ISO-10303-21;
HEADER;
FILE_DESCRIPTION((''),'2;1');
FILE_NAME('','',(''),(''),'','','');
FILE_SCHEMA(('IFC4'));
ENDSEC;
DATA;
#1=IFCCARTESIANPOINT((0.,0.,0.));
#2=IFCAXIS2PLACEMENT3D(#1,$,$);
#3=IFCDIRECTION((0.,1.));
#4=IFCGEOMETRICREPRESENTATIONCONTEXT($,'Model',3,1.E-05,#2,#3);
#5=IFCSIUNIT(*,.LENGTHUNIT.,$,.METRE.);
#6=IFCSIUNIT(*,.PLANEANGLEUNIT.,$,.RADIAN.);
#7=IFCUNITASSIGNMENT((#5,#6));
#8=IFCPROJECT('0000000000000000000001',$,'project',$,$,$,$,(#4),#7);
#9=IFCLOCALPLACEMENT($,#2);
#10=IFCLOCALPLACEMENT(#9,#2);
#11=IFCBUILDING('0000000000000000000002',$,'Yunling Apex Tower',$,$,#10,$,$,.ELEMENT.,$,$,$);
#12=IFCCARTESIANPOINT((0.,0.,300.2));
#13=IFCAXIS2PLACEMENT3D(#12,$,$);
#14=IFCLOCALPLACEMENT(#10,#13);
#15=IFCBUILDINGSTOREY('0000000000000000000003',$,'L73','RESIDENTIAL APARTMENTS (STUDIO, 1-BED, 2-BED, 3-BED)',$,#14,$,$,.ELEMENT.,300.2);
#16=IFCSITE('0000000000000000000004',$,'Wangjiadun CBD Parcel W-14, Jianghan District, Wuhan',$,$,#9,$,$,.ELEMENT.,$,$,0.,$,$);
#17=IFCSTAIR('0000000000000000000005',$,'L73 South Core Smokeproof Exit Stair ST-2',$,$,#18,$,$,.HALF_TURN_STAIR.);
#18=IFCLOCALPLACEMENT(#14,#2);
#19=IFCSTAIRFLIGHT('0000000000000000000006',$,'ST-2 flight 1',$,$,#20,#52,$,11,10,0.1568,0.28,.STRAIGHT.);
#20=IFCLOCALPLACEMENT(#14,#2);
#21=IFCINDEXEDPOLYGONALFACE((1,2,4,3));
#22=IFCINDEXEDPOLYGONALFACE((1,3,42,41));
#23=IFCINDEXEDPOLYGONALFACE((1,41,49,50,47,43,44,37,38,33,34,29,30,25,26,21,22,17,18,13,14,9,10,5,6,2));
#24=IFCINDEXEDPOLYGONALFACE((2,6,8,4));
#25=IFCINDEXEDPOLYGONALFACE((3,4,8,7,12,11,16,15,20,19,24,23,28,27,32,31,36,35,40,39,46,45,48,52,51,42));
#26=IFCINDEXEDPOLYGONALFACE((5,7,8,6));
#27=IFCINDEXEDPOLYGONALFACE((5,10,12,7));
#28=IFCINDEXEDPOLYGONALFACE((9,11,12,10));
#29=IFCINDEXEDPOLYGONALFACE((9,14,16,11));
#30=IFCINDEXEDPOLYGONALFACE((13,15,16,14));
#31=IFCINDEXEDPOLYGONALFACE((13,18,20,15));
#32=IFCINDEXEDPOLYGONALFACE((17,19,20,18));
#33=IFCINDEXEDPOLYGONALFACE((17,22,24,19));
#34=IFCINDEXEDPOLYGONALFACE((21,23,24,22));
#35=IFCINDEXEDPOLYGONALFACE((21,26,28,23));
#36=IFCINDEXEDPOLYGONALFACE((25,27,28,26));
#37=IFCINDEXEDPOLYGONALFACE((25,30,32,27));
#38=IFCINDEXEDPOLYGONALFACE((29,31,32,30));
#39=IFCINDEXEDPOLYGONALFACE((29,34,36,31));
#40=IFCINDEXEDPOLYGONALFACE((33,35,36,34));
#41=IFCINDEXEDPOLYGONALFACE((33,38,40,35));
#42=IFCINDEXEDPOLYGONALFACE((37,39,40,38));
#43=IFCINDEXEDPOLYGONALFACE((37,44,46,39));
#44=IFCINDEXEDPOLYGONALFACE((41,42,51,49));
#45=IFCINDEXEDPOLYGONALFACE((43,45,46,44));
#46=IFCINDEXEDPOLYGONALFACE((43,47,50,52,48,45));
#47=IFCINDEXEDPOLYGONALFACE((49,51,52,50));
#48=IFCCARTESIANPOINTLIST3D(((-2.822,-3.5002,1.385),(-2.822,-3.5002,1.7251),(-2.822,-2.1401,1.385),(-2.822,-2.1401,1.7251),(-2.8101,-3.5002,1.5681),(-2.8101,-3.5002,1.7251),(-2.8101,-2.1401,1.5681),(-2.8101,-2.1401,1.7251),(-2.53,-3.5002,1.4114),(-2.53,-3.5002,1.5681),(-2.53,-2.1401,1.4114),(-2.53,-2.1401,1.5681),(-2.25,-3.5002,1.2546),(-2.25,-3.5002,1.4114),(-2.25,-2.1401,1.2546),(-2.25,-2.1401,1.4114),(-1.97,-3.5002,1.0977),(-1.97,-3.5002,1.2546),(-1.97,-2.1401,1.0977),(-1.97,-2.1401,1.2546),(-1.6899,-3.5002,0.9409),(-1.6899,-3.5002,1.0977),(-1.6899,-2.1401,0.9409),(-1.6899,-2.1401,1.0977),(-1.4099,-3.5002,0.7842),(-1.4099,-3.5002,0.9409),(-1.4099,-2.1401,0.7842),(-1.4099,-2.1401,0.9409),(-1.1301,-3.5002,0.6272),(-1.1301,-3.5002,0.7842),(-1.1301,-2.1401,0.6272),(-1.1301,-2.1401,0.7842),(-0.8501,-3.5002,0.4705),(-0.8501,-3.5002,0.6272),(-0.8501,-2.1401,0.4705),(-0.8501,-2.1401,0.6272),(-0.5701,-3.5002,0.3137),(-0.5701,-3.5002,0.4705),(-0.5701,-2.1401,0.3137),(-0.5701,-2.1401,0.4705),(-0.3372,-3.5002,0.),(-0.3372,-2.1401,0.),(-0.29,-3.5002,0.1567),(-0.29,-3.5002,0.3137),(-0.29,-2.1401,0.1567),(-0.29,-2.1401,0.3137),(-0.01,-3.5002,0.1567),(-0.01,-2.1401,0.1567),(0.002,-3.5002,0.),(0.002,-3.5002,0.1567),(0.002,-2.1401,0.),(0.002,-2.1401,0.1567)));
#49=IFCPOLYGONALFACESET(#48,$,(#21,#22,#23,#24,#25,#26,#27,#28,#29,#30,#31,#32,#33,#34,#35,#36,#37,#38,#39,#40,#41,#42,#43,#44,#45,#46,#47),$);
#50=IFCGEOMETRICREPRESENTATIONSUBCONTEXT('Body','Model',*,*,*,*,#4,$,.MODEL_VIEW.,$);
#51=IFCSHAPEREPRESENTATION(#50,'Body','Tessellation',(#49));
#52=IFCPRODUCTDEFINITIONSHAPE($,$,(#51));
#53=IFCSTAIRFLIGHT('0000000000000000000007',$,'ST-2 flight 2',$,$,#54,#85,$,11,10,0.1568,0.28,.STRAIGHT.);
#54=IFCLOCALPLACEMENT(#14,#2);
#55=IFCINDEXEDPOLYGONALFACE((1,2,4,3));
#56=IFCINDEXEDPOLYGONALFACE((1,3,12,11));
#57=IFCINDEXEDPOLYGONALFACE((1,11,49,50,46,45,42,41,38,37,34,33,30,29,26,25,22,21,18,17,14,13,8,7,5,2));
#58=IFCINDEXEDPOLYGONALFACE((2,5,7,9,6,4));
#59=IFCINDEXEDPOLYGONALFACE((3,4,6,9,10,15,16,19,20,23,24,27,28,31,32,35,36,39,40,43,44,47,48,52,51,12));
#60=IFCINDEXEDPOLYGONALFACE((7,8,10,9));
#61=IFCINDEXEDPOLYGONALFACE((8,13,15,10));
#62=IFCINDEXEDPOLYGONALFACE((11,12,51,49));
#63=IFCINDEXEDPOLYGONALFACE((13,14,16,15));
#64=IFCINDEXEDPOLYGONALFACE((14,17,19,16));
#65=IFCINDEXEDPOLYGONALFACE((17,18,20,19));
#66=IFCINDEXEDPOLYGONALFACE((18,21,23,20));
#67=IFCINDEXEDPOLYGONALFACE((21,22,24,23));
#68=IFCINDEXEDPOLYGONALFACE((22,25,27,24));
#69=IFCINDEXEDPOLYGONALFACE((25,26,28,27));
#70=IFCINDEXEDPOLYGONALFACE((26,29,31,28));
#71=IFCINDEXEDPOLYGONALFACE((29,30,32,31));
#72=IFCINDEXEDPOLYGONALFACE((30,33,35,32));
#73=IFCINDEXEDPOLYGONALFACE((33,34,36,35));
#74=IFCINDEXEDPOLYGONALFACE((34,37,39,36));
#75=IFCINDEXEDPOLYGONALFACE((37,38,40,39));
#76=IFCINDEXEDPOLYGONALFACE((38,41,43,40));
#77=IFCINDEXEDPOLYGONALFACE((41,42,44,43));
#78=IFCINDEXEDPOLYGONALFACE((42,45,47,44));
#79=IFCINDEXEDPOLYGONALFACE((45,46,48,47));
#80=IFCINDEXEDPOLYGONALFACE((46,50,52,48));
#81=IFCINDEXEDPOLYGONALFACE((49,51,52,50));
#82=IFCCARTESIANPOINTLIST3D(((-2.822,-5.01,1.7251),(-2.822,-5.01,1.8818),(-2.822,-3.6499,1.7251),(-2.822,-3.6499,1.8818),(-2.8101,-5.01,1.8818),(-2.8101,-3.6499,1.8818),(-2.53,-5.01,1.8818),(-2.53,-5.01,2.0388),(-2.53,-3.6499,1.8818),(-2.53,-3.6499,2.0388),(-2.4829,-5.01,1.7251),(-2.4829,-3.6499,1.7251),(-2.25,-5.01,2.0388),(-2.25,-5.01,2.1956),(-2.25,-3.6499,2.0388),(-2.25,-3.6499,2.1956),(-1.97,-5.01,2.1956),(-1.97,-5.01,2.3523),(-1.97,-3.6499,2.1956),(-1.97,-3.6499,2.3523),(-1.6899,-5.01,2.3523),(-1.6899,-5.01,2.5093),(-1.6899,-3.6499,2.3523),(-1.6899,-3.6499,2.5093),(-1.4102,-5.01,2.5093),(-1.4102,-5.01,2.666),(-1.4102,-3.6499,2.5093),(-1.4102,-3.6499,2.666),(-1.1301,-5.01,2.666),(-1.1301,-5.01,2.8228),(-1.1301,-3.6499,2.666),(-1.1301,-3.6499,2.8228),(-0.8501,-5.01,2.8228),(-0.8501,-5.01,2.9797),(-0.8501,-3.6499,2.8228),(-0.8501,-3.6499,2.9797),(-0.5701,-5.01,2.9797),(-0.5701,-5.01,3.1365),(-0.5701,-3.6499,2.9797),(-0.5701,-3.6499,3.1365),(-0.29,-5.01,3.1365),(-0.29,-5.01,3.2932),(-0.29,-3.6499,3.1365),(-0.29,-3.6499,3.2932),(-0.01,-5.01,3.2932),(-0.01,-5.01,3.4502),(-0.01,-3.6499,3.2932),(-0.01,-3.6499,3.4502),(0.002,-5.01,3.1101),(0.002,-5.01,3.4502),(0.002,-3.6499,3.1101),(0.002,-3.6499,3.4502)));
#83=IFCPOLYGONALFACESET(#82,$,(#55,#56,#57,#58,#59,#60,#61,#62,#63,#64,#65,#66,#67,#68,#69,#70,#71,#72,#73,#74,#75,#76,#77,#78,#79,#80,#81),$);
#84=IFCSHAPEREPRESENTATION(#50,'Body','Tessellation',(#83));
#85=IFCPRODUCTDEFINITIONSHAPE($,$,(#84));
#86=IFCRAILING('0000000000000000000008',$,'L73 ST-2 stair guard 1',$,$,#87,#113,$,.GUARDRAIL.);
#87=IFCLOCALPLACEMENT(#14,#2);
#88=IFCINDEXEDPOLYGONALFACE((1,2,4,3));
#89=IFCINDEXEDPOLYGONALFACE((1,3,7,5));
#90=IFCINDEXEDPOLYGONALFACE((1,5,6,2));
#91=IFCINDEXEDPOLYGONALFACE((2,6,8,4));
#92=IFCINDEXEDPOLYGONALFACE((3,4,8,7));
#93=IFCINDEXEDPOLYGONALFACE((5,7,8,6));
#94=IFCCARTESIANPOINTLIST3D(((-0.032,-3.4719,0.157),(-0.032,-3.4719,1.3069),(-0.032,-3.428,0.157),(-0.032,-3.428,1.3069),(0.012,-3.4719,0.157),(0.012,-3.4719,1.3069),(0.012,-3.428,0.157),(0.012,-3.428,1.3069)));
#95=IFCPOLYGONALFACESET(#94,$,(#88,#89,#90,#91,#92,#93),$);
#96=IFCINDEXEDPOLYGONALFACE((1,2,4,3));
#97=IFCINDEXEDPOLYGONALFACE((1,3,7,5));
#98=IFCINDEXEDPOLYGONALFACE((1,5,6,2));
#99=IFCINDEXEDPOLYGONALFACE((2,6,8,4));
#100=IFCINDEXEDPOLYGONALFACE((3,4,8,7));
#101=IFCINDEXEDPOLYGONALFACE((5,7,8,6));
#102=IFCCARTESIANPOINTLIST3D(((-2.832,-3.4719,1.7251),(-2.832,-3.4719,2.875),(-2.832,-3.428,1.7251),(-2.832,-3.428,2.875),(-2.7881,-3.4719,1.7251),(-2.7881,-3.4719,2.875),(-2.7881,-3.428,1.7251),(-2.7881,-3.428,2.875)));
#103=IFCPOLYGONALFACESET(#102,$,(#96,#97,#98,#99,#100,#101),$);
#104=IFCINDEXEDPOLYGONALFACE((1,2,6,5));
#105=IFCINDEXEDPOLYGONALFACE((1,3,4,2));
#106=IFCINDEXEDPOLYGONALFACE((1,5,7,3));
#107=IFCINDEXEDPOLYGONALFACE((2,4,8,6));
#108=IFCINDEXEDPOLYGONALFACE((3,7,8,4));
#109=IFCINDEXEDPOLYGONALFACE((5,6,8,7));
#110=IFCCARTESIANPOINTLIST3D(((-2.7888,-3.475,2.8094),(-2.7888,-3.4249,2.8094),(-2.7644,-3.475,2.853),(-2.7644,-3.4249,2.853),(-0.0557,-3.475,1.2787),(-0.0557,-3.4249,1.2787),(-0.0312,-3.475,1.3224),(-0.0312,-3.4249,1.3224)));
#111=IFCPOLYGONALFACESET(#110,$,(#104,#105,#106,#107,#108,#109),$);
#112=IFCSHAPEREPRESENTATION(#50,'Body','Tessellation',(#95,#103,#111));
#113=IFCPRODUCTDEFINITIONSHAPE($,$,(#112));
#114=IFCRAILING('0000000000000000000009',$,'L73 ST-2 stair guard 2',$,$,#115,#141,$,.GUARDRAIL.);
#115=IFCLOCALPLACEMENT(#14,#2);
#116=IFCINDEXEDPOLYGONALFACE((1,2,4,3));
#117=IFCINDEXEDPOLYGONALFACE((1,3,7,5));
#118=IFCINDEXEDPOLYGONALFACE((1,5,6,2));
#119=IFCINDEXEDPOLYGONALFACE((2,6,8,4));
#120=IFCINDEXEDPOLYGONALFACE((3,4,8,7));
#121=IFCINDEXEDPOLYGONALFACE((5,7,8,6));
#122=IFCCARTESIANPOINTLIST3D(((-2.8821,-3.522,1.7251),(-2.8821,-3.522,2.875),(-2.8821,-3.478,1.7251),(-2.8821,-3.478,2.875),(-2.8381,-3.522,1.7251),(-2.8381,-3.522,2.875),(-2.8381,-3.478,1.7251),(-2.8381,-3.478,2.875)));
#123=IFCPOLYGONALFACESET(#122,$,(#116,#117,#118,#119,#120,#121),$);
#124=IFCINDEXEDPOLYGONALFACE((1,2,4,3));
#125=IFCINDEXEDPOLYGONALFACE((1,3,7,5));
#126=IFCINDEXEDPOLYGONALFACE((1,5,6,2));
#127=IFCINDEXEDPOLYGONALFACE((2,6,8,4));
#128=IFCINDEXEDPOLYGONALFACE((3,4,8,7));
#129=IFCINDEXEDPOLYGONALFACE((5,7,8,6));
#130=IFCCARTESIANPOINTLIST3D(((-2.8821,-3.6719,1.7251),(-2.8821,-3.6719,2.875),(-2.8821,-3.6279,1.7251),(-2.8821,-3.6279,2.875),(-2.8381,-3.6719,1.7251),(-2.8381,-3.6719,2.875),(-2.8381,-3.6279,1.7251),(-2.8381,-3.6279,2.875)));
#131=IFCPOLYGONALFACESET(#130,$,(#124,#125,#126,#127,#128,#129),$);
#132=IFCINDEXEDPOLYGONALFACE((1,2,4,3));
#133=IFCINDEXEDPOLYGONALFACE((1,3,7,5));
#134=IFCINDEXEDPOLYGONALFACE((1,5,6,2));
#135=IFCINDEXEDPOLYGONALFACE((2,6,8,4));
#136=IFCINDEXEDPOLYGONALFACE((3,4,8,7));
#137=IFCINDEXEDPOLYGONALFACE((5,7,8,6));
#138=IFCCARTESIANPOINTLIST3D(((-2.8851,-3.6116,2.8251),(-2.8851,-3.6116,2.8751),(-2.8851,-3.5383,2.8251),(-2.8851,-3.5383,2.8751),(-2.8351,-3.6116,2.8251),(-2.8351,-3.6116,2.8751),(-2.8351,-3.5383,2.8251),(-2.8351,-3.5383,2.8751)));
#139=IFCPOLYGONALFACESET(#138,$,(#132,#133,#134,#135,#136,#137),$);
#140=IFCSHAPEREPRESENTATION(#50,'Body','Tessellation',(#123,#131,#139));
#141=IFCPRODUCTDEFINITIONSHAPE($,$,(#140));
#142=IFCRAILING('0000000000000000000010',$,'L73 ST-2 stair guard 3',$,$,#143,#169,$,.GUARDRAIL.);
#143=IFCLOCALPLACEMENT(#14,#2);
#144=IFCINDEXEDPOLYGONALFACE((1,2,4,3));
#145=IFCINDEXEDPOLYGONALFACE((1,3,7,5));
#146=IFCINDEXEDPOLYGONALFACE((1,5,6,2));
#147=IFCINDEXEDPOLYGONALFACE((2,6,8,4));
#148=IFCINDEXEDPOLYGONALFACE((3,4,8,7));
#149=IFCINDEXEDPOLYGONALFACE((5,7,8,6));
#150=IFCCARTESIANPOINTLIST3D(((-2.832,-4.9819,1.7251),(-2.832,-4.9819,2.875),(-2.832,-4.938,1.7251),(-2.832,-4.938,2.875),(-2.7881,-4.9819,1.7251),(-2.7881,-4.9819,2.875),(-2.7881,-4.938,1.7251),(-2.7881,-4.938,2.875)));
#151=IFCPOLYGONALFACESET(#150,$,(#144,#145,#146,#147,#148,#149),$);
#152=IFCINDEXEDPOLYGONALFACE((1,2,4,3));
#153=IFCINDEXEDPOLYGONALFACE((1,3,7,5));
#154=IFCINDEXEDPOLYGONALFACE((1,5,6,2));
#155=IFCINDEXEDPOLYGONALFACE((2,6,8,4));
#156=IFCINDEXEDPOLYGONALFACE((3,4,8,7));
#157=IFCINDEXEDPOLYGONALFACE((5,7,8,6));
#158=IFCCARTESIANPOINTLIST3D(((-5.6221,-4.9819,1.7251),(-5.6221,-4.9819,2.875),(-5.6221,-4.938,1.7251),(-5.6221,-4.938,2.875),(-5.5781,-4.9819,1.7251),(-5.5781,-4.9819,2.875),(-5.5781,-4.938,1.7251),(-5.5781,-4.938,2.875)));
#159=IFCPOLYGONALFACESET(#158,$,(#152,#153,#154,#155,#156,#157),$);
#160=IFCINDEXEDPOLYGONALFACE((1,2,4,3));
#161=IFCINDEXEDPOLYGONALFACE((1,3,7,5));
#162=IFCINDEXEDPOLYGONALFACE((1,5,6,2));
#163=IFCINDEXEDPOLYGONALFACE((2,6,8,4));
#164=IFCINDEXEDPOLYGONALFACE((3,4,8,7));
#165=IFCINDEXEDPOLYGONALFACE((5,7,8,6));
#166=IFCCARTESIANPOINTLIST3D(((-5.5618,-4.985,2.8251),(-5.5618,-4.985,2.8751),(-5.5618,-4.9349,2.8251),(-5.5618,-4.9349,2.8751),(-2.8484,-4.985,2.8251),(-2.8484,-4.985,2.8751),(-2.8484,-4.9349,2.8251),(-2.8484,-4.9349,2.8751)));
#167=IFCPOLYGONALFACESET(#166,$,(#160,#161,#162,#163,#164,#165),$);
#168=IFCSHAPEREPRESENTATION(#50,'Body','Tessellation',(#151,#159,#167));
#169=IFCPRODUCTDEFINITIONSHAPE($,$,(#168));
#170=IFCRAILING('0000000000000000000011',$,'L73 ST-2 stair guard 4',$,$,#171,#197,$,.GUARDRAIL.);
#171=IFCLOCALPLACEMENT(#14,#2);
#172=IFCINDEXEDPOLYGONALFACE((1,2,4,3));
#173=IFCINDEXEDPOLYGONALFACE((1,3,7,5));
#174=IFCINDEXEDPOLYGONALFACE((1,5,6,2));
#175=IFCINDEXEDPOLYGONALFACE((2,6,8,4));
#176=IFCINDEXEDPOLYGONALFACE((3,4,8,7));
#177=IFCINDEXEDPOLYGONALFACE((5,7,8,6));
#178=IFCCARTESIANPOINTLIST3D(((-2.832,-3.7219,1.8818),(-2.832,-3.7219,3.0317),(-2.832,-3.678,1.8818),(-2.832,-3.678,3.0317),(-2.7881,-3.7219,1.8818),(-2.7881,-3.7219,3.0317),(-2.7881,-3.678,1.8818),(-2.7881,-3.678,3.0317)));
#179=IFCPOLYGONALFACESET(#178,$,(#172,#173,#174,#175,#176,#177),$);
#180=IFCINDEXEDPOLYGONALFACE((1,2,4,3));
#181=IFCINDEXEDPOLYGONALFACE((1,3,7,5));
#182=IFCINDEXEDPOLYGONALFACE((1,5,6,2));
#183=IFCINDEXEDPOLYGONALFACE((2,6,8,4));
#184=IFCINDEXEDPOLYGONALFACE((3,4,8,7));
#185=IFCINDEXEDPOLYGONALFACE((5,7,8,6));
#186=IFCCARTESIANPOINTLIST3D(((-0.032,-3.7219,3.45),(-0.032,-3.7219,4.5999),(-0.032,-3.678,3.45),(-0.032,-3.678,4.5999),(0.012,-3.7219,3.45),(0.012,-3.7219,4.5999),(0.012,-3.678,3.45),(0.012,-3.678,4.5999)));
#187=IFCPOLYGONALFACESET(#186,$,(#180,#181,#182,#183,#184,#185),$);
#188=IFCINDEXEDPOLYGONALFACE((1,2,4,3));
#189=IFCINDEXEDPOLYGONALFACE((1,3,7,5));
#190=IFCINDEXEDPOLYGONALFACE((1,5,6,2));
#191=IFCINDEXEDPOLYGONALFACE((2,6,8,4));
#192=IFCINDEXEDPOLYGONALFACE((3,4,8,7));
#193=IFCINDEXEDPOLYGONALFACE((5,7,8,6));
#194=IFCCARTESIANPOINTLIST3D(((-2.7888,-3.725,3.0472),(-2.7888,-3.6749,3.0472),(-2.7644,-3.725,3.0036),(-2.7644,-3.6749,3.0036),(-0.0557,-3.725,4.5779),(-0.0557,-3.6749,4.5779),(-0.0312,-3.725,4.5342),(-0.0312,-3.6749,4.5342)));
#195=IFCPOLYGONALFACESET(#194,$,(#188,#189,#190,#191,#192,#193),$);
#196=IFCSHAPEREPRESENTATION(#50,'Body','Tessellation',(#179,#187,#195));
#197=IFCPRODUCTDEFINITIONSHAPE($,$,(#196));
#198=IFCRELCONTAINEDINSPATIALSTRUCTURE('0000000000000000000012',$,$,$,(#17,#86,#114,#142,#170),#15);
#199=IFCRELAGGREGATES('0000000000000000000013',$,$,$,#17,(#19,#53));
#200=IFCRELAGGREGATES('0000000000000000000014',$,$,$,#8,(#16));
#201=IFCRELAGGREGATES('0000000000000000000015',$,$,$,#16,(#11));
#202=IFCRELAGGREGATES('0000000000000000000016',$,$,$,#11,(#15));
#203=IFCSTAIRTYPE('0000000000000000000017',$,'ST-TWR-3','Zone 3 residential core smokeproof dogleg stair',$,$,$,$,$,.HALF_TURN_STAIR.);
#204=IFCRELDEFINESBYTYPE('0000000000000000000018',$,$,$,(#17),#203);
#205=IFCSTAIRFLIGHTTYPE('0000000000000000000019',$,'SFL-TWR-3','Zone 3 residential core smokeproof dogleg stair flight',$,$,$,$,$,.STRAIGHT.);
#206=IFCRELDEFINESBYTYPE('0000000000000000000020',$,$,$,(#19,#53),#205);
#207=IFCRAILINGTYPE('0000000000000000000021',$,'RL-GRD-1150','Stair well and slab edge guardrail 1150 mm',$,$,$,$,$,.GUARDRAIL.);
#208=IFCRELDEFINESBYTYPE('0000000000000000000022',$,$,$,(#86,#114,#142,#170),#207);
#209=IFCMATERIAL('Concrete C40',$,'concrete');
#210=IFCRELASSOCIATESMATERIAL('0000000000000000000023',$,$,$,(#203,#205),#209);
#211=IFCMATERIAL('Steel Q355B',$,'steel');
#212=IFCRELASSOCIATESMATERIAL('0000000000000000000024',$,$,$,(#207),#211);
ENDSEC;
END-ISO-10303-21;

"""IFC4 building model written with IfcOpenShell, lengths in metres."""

from ifc_helpers import new_model, si_unit, direction, frame, origin, origin_2d, place, context, subcontext, project, spatial, polyline, rectangle, outline, extrude, material, type_object, element, aggregate, save


model = new_model("IFC4")

# Units and contexts
model_context = context("Model", 3, precision=1e-05, world=origin(), true_north=direction((0.0, 1.0)))
body_context = subcontext(model_context, "Body", "Model", "MODEL_VIEW")
ifc_project = project(units=[si_unit("LENGTHUNIT", "METRE"), si_unit("PLANEANGLEUNIT", "RADIAN")], contexts=[model_context])

# Site, building, storey
site_placement = place(None, origin())
site = spatial("IfcSite", under=ifc_project, at=site_placement, Name="Wangjiadun CBD Parcel W-14, Jianghan District, Wuhan", CompositionType="ELEMENT", RefElevation=0.0)
building_placement = place(site_placement, origin())
building = spatial("IfcBuilding", under=site, at=building_placement, Name="Yunling Apex Tower", CompositionType="ELEMENT")
storey_placement = place(building_placement, frame((0.0, 0.0, 300.2)))
storey = spatial("IfcBuildingStorey", under=building, at=storey_placement, Name="L73", Description="RESIDENTIAL APARTMENTS (STUDIO, 1-BED, 2-BED, 3-BED)", CompositionType="ELEMENT", Elevation=300.2)

# Shared definitions
ifc_material_1 = material(Name="Steel Q355B", Category="steel")

# Shared definitions
ifc_material_2 = material(Name="Concrete C40", Category="concrete")

# Stair, stair flights
stair_type = type_object("IfcStairType", Name="ST-TWR-3", Description="Zone 3 residential core smokeproof dogleg stair", PredefinedType="HALF_TURN_STAIR", material=ifc_material_2)
stair_placement = place(storey_placement, origin())
stair = element("IfcStair", 1, at=stair_placement, inside=storey, type_object=stair_type, Name="L73 South Core Smokeproof Exit Stair ST-2", PredefinedType="HALF_TURN_STAIR")
stair_flight_type = type_object("IfcStairFlightType", Name="SFL-TWR-3", Description="Zone 3 residential core smokeproof dogleg stair flight", PredefinedType="STRAIGHT", material=ifc_material_2)
stair_flight_1_placement = place(storey_placement, frame((-0.01, -2.8201, 0.0), z_axis=(0.0, 0.0, 1.0), x_axis=(-1.0, 0.0, 0.0)))
stair_flight_1 = element("IfcStairFlight", 2, at=stair_flight_1_placement, type_object=stair_flight_type, Name="ST-2 flight 1", NumberOfRisers=11, NumberOfTreads=10, PredefinedType="STRAIGHT", RiserHeight=0.1568, TreadLength=0.28, context=body_context, shape_type="SweptSolid", body=[
    extrude(outline(polyline([(-0.012, 0.0), (-0.012, 0.1567), (0.0, 0.1567), (0.28, 0.1567), (0.28, 0.3137), (0.5601, 0.3137), (0.5601, 0.4705), (0.8401, 0.4705), (0.8401, 0.6272), (1.1201, 0.6272), (1.1201, 0.7842), (1.3999, 0.7842), (1.3999, 0.9409), (1.6799, 0.9409), (1.6799, 1.0977), (1.96, 1.0977), (1.96, 1.2546), (2.24, 1.2546), (2.24, 1.4114), (2.52, 1.4114), (2.52, 1.5681), (2.8, 1.5681), (2.8, 1.7251), (2.812, 1.7251), (2.812, 1.385), (0.3271, 0.0), (-0.012, 0.0)])), frame((0.0, 0.6802, 0.0), z_axis=(0.0, -1.0, 0.0), x_axis=(1.0, 0.0, 0.0)), (0.0, 0.0, 1.0), 1.3601),
])
stair_flight_2_placement = place(storey_placement, frame((-2.8101, -4.3301, 1.7251), z_axis=(0.0, 0.0, 1.0), x_axis=(1.0, 0.0, 0.0)))
stair_flight_2 = element("IfcStairFlight", 3, at=stair_flight_2_placement, type_object=stair_flight_type, Name="ST-2 flight 2", NumberOfRisers=11, NumberOfTreads=10, PredefinedType="STRAIGHT", RiserHeight=0.1568, TreadLength=0.28, context=body_context, shape_type="SweptSolid", body=[
    extrude(outline(polyline([(-0.012, 0.0), (-0.012, 0.1567), (0.0, 0.1567), (0.28, 0.1567), (0.28, 0.3137), (0.5601, 0.3137), (0.5601, 0.4705), (0.8401, 0.4705), (0.8401, 0.6272), (1.1201, 0.6272), (1.1201, 0.7842), (1.3999, 0.7842), (1.3999, 0.9409), (1.6799, 0.9409), (1.6799, 1.0977), (1.96, 1.0977), (1.96, 1.2546), (2.24, 1.2546), (2.24, 1.4114), (2.52, 1.4114), (2.52, 1.5681), (2.8, 1.5681), (2.8, 1.7251), (2.812, 1.7251), (2.812, 1.385), (0.3271, 0.0), (-0.012, 0.0)])), frame((0.0, 0.6802, 0.0), z_axis=(0.0, -1.0, 0.0), x_axis=(1.0, 0.0, 0.0)), (0.0, 0.0, 1.0), 1.3601),
])
aggregate(stair, [stair_flight_1, stair_flight_2])

# Railings
railing_type_1 = type_object("IfcRailingType", Name="RL-GRD-1150", Description="Stair well and slab edge guardrail 1150 mm", PredefinedType="GUARDRAIL", material=ifc_material_1)
railing_1_placement = place(storey_placement, frame((-0.01, -3.45, 0.157)))
element("IfcRailing", 4, at=railing_1_placement, inside=storey, type_object=railing_type_1, Name="L73 ST-2 stair guard 1", PredefinedType="GUARDRAIL", context=body_context, shape_type="SweptSolid", body=[
    extrude(rectangle(XDim=0.0439, YDim=0.0439, at=origin_2d()), origin(), (0.0, 0.0, 1.0), 1.1499),
    extrude(rectangle(XDim=0.0439, YDim=0.0439, at=origin_2d()), frame((-2.8, 0.0, 1.5681)), (0.0, 0.0, 1.0), 1.1499),
    extrude(rectangle(XDim=0.05, YDim=0.05, at=origin_2d()), frame((-0.0334, 0.0, 1.1436), z_axis=(-0.872494, 0.0, 0.488624), x_axis=(0.0, -1.0, 0.0)), (0.0, 0.0, 1.0), 3.1326),
])
railing_2_placement = place(storey_placement, frame((-2.8601, -3.5, 1.7251)))
element("IfcRailing", 5, at=railing_2_placement, inside=storey, type_object=railing_type_1, Name="L73 ST-2 stair guard 2", PredefinedType="GUARDRAIL", context=body_context, shape_type="SweptSolid", body=[
    extrude(rectangle(XDim=0.0439, YDim=0.0439, at=origin_2d()), origin(), (0.0, 0.0, 1.0), 1.1499),
    extrude(rectangle(XDim=0.0439, YDim=0.0439, at=origin_2d()), frame((0.0, -0.1499, 0.0)), (0.0, 0.0, 1.0), 1.1499),
    extrude(rectangle(XDim=0.05, YDim=0.05, at=origin_2d()), frame((0.0, -0.0383, 1.125), z_axis=(0.0, -1.0, 0.0), x_axis=(1.0, 0.0, 0.0)), (0.0, 0.0, 1.0), 0.0732),
])
railing_3_placement = place(storey_placement, frame((-2.8101, -4.96, 1.7251)))
element("IfcRailing", 6, at=railing_3_placement, inside=storey, type_object=railing_type_1, Name="L73 ST-2 stair guard 3", PredefinedType="GUARDRAIL", context=body_context, shape_type="SweptSolid", body=[
    extrude(rectangle(XDim=0.0439, YDim=0.0439, at=origin_2d()), origin(), (0.0, 0.0, 1.0), 1.1499),
    extrude(rectangle(XDim=0.0439, YDim=0.0439, at=origin_2d()), frame((-2.79, 0.0, 0.0)), (0.0, 0.0, 1.0), 1.1499),
    extrude(rectangle(XDim=0.05, YDim=0.05, at=origin_2d()), frame((-0.0383, 0.0, 1.125), z_axis=(-1.0, 0.0, 0.0), x_axis=(0.0, -1.0, 0.0)), (0.0, 0.0, 1.0), 2.7134),
])
railing_4_placement = place(storey_placement, frame((-2.8101, -3.7, 1.8818)))
element("IfcRailing", 7, at=railing_4_placement, inside=storey, type_object=railing_type_1, Name="L73 ST-2 stair guard 4", PredefinedType="GUARDRAIL", context=body_context, shape_type="SweptSolid", body=[
    extrude(rectangle(XDim=0.0439, YDim=0.0439, at=origin_2d()), origin(), (0.0, 0.0, 1.0), 1.1499),
    extrude(rectangle(XDim=0.0439, YDim=0.0439, at=origin_2d()), frame((2.8, 0.0, 1.5681)), (0.0, 0.0, 1.0), 1.1499),
    extrude(rectangle(XDim=0.05, YDim=0.05, at=origin_2d()), frame((0.0334, 0.0, 1.1436), z_axis=(0.872494, 0.0, 0.488624), x_axis=(0.0, 1.0, 0.0)), (0.0, 0.0, 1.0), 3.1326),
])

save(model, "model.ifc")
